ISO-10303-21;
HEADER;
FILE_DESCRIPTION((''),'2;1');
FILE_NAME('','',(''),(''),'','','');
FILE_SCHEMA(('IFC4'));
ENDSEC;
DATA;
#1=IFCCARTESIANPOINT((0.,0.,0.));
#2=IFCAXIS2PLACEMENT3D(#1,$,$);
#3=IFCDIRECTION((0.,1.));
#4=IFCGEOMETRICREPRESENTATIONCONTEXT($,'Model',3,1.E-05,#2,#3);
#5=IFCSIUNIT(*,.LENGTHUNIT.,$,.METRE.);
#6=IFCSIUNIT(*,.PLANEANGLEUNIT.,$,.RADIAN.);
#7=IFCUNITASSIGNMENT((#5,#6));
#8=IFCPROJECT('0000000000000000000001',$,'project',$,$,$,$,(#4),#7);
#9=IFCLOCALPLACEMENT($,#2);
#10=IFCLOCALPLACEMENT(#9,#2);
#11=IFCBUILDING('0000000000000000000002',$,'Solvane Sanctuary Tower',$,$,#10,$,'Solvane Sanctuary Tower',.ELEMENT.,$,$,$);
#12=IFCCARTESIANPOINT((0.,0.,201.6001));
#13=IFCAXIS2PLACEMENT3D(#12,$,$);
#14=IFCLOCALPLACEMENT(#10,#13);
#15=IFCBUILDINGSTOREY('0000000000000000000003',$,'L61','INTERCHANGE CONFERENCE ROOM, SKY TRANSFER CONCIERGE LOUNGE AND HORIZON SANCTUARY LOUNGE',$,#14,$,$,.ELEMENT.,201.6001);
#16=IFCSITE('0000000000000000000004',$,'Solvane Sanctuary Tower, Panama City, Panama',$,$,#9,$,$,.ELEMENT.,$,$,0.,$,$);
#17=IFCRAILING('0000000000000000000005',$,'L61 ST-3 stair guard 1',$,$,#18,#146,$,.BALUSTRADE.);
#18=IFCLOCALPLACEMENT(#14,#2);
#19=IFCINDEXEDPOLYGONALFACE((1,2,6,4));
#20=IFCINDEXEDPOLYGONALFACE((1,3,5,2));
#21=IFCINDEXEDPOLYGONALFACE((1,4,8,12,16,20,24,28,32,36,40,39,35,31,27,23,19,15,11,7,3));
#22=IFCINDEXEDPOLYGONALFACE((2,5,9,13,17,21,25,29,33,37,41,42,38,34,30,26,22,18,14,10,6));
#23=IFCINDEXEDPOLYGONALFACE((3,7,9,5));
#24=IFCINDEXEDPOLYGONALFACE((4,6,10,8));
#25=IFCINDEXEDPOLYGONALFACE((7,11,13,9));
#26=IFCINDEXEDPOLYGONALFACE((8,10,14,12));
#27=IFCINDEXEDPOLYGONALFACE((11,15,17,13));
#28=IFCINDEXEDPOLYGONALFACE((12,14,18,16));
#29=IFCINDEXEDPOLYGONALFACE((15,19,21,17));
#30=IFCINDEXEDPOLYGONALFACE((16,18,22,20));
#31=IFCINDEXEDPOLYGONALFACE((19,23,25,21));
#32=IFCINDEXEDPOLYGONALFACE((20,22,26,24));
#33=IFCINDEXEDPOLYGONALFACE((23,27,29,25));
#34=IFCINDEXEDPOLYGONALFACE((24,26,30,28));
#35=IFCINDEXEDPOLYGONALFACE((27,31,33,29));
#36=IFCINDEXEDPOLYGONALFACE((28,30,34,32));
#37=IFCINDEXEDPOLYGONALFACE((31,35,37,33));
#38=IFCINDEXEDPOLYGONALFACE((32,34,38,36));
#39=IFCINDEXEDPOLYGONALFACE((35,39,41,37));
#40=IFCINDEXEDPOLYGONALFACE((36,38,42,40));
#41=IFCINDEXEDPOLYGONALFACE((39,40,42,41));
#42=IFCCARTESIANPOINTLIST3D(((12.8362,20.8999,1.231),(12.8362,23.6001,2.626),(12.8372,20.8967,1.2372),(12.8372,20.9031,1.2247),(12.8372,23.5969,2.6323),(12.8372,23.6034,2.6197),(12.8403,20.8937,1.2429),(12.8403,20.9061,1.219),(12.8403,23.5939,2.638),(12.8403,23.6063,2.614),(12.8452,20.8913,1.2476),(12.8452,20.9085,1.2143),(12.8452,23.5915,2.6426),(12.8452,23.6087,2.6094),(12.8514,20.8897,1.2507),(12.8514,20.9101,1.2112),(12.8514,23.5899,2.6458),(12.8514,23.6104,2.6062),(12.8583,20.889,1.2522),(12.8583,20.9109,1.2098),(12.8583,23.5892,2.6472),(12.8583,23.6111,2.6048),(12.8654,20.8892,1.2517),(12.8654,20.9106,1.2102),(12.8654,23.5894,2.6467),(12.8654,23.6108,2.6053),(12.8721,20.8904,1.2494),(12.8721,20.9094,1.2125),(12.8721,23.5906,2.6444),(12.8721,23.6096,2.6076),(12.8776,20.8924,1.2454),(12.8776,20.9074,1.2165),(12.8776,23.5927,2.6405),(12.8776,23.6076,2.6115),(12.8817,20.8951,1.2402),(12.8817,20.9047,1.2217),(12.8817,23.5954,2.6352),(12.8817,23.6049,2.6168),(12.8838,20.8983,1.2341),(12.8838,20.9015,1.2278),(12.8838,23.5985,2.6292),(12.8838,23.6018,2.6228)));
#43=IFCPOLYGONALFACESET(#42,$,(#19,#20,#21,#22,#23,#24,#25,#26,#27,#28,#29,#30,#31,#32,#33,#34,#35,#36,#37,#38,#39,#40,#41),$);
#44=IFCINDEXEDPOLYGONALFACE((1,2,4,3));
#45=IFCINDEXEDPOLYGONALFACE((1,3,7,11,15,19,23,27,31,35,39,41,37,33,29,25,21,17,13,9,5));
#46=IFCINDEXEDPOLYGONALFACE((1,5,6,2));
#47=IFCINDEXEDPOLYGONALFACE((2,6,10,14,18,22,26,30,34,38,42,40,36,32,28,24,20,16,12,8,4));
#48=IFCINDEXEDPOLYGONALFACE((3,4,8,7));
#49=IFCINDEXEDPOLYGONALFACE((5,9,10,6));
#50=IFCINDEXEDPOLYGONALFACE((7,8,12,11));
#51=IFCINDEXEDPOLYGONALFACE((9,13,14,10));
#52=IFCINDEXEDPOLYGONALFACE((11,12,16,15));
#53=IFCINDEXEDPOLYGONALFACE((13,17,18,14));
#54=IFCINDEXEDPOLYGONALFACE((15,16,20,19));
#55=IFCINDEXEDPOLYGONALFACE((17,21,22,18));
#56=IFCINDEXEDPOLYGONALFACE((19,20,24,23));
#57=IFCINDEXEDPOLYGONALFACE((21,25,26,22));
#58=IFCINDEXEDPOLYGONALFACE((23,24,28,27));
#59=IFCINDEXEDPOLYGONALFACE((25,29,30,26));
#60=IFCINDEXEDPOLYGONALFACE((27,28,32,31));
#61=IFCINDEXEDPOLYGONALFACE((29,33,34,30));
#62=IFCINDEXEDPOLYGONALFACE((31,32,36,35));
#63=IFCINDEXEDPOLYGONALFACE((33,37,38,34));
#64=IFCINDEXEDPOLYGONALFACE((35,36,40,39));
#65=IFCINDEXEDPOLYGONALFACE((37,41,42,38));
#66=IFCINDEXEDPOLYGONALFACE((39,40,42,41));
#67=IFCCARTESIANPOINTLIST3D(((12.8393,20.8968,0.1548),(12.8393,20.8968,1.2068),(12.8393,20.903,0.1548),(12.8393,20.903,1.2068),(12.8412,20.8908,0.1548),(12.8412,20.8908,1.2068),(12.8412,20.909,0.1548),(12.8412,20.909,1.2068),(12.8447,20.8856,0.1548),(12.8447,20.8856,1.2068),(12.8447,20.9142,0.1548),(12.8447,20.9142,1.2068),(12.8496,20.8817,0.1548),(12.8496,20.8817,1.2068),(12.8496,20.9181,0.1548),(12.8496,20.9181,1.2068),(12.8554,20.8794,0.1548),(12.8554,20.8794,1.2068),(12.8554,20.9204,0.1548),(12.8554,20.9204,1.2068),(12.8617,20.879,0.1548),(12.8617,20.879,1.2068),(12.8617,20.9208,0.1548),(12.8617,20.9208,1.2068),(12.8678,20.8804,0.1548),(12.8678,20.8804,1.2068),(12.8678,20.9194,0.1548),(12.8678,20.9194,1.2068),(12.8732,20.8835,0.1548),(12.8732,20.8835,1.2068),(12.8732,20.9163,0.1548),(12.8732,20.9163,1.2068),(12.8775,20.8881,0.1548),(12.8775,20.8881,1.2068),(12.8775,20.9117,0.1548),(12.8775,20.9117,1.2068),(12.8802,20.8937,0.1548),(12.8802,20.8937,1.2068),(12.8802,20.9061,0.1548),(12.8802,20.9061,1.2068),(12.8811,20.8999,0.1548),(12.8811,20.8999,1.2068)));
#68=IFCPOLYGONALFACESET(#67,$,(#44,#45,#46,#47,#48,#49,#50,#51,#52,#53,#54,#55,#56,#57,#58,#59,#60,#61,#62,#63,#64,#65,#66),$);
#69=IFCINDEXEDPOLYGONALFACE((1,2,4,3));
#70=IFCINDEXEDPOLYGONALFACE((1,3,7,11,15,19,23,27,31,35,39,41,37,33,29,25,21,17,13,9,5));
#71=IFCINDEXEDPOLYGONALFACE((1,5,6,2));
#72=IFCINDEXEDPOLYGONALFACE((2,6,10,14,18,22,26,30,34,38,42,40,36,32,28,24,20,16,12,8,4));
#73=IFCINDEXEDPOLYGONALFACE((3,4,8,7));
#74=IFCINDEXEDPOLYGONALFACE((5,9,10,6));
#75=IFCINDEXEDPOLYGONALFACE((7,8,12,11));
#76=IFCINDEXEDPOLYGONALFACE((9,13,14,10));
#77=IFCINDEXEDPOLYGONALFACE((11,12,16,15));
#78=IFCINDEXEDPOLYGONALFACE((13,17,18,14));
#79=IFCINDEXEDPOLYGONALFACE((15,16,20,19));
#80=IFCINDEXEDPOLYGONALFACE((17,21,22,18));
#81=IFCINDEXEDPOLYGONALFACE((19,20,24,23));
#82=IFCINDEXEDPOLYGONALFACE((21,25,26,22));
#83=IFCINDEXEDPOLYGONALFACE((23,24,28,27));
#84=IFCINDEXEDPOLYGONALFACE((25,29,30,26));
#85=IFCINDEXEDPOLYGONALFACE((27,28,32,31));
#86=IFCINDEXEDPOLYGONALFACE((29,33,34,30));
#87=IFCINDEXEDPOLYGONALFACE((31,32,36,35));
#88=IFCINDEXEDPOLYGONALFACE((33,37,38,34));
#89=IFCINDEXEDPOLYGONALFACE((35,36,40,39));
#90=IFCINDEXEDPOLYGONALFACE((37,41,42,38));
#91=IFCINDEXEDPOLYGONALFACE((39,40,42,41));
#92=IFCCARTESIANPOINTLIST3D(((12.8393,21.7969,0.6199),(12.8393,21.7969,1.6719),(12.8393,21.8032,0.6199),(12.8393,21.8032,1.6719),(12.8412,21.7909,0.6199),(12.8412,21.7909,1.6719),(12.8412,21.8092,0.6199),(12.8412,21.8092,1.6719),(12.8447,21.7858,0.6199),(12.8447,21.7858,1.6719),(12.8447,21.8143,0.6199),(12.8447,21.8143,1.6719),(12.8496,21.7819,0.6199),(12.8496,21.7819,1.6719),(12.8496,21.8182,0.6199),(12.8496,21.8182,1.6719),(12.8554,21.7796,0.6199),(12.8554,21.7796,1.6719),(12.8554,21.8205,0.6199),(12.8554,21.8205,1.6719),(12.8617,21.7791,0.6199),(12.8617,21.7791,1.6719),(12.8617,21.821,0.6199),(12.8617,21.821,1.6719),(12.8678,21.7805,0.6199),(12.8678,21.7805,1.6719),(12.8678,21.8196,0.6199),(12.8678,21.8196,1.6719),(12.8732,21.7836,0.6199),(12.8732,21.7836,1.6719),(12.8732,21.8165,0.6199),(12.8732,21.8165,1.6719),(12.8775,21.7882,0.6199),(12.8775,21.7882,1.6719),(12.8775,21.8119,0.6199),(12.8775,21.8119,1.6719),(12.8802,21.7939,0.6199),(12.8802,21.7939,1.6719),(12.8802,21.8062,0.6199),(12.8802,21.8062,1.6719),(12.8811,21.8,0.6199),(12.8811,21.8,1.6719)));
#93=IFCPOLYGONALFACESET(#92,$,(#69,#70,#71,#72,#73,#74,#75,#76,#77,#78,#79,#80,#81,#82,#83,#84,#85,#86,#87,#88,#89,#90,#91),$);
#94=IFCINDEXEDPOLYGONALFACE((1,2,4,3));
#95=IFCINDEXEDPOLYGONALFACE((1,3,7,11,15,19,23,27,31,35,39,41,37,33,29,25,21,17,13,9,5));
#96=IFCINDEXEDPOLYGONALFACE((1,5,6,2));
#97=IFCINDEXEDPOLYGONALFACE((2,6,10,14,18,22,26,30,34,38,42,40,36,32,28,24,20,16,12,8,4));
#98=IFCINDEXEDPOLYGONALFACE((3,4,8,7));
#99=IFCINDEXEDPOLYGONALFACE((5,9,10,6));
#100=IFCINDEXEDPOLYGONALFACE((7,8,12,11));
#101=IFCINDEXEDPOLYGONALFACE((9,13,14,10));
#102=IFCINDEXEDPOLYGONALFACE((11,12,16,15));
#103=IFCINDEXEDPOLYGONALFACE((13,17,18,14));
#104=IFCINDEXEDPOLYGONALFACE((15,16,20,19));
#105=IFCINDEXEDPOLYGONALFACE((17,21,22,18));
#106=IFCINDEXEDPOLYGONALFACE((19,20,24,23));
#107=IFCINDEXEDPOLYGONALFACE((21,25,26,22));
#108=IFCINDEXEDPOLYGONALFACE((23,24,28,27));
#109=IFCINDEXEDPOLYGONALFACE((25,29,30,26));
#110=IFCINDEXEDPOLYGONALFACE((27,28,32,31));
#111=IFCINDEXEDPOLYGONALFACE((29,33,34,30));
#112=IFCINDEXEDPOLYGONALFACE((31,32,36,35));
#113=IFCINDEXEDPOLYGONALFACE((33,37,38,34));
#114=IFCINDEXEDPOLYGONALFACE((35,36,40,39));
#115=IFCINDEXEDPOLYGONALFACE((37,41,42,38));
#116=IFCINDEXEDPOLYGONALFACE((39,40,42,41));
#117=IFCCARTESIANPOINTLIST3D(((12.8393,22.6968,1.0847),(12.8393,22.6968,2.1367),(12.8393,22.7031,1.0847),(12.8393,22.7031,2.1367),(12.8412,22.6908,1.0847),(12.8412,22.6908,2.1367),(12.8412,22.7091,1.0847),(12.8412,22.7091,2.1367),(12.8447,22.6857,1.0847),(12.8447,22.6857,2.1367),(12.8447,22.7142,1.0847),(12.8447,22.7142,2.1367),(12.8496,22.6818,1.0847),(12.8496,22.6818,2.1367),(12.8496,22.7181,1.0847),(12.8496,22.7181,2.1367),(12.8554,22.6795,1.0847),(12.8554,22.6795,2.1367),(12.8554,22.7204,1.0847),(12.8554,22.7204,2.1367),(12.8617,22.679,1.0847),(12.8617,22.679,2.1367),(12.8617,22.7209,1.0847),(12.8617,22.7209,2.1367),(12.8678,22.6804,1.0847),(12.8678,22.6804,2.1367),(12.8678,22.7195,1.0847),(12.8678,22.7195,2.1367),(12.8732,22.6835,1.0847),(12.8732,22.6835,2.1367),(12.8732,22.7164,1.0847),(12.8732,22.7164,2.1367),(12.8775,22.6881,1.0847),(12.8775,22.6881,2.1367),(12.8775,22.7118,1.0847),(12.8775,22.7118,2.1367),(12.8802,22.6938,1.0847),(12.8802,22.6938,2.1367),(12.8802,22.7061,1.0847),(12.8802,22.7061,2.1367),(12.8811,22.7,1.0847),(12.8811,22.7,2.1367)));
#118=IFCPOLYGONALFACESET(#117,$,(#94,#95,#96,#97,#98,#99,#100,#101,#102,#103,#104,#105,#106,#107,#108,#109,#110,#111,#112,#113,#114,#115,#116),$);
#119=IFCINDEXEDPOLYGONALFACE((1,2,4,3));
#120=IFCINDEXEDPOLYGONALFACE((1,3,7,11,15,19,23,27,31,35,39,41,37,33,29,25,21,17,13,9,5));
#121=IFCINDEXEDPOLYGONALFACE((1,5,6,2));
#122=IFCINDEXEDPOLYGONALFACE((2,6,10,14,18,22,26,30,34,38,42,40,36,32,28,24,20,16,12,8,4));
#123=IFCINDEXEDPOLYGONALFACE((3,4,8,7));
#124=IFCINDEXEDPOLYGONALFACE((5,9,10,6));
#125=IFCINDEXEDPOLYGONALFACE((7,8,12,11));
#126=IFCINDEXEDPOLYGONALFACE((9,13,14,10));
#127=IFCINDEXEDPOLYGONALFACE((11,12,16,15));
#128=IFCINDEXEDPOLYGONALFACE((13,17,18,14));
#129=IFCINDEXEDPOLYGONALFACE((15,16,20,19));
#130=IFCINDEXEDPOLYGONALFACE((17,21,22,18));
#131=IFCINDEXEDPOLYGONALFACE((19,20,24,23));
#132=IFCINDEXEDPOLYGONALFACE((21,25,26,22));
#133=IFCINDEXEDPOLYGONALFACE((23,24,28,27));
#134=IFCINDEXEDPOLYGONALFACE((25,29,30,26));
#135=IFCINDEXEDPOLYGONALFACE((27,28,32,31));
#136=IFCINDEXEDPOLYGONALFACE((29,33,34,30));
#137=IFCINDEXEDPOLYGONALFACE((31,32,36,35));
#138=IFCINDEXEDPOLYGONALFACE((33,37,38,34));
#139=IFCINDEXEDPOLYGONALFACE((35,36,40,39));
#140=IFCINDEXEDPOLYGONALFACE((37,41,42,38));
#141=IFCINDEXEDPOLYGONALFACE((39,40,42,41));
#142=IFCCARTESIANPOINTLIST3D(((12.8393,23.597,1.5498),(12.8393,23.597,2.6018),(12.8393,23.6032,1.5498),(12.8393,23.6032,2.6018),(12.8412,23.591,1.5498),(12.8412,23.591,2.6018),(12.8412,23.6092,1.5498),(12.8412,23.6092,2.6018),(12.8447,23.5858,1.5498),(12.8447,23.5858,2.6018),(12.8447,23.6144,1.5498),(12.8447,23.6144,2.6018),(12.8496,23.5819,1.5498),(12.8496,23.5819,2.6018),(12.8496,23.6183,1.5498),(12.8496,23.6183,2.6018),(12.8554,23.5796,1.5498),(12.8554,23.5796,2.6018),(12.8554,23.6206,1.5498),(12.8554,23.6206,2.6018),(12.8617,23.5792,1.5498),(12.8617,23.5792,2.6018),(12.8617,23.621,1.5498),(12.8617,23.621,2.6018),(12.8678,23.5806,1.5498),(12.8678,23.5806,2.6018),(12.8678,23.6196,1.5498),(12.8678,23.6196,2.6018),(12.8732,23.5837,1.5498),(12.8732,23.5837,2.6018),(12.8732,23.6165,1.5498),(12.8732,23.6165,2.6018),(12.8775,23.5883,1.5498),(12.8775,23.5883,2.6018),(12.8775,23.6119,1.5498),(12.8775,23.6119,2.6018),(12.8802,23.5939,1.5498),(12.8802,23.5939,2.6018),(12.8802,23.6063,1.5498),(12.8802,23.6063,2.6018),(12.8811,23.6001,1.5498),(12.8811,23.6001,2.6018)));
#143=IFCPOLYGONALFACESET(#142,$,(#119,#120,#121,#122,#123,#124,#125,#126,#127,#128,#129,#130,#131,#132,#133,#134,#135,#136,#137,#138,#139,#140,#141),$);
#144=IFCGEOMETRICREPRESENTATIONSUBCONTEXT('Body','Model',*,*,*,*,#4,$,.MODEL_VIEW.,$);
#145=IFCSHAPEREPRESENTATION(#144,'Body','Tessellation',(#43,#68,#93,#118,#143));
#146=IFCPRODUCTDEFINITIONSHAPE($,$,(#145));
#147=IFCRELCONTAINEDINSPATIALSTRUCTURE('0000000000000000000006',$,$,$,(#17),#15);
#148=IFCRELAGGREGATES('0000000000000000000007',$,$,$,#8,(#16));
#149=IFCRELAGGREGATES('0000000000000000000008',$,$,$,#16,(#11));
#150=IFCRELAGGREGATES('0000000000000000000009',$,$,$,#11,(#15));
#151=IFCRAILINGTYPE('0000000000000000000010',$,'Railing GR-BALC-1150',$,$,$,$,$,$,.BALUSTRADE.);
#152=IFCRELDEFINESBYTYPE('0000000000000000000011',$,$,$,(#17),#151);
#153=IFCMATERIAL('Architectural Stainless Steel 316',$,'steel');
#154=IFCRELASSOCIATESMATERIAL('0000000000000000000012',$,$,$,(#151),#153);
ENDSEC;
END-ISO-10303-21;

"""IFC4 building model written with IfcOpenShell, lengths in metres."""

from ifc_helpers import new_model, si_unit, direction, frame, origin, origin_2d, place, context, subcontext, project, spatial, circle, extrude, material, type_object, element, save


model = new_model("IFC4")

# Units and contexts
model_context = context("Model", 3, precision=1e-05, world=origin(), true_north=direction((0.0, 1.0)))
body_context = subcontext(model_context, "Body", "Model", "MODEL_VIEW")
ifc_project = project(units=[si_unit("LENGTHUNIT", "METRE"), si_unit("PLANEANGLEUNIT", "RADIAN")], contexts=[model_context])

# Site, building, storey
site_placement = place(None, origin())
site = spatial("IfcSite", under=ifc_project, at=site_placement, Name="Solvane Sanctuary Tower, Panama City, Panama", CompositionType="ELEMENT", RefElevation=0.0)
building_placement = place(site_placement, origin())
building = spatial("IfcBuilding", under=site, at=building_placement, Name="Solvane Sanctuary Tower", LongName="Solvane Sanctuary Tower", CompositionType="ELEMENT")
storey_placement = place(building_placement, frame((0.0, 0.0, 201.6001)))
storey = spatial("IfcBuildingStorey", under=building, at=storey_placement, Name="L61", Description="INTERCHANGE CONFERENCE ROOM, SKY TRANSFER CONCIERGE LOUNGE AND HORIZON SANCTUARY LOUNGE", CompositionType="ELEMENT", Elevation=201.6001)

# Shared definitions
ifc_material_1 = material(Name="Architectural Stainless Steel 316", Category="steel")

# Railing
railing_type_1 = type_object("IfcRailingType", Name="Railing GR-BALC-1150", PredefinedType="BALUSTRADE", material=ifc_material_1)
railing_1_placement = place(storey_placement, frame((12.8601, 20.8999, 0.1548)))
element("IfcRailing", 1, at=railing_1_placement, inside=storey, type_object=railing_type_1, Name="L61 ST-3 stair guard 1", PredefinedType="BALUSTRADE", context=body_context, shape_type="SweptSolid", body=[
    extrude(circle(Radius=0.0239, at=origin_2d()), frame((0.0, 0.0, 1.0762), z_axis=(0.0, 0.888437, 0.458999), x_axis=(-1.0, 0.0, 0.0)), (0.0, 0.0, 1.0), 3.0393),
    extrude(circle(Radius=0.021, at=origin_2d()), origin(), (0.0, 0.0, 1.0), 1.052),
    extrude(circle(Radius=0.021, at=origin_2d()), frame((0.0, 0.9001, 0.4651)), (0.0, 0.0, 1.0), 1.052),
    extrude(circle(Radius=0.021, at=origin_2d()), frame((0.0, 1.8, 0.9299)), (0.0, 0.0, 1.0), 1.052),
    extrude(circle(Radius=0.021, at=origin_2d()), frame((0.0, 2.7002, 1.395)), (0.0, 0.0, 1.0), 1.052),
])

save(model, "model.ifc")
